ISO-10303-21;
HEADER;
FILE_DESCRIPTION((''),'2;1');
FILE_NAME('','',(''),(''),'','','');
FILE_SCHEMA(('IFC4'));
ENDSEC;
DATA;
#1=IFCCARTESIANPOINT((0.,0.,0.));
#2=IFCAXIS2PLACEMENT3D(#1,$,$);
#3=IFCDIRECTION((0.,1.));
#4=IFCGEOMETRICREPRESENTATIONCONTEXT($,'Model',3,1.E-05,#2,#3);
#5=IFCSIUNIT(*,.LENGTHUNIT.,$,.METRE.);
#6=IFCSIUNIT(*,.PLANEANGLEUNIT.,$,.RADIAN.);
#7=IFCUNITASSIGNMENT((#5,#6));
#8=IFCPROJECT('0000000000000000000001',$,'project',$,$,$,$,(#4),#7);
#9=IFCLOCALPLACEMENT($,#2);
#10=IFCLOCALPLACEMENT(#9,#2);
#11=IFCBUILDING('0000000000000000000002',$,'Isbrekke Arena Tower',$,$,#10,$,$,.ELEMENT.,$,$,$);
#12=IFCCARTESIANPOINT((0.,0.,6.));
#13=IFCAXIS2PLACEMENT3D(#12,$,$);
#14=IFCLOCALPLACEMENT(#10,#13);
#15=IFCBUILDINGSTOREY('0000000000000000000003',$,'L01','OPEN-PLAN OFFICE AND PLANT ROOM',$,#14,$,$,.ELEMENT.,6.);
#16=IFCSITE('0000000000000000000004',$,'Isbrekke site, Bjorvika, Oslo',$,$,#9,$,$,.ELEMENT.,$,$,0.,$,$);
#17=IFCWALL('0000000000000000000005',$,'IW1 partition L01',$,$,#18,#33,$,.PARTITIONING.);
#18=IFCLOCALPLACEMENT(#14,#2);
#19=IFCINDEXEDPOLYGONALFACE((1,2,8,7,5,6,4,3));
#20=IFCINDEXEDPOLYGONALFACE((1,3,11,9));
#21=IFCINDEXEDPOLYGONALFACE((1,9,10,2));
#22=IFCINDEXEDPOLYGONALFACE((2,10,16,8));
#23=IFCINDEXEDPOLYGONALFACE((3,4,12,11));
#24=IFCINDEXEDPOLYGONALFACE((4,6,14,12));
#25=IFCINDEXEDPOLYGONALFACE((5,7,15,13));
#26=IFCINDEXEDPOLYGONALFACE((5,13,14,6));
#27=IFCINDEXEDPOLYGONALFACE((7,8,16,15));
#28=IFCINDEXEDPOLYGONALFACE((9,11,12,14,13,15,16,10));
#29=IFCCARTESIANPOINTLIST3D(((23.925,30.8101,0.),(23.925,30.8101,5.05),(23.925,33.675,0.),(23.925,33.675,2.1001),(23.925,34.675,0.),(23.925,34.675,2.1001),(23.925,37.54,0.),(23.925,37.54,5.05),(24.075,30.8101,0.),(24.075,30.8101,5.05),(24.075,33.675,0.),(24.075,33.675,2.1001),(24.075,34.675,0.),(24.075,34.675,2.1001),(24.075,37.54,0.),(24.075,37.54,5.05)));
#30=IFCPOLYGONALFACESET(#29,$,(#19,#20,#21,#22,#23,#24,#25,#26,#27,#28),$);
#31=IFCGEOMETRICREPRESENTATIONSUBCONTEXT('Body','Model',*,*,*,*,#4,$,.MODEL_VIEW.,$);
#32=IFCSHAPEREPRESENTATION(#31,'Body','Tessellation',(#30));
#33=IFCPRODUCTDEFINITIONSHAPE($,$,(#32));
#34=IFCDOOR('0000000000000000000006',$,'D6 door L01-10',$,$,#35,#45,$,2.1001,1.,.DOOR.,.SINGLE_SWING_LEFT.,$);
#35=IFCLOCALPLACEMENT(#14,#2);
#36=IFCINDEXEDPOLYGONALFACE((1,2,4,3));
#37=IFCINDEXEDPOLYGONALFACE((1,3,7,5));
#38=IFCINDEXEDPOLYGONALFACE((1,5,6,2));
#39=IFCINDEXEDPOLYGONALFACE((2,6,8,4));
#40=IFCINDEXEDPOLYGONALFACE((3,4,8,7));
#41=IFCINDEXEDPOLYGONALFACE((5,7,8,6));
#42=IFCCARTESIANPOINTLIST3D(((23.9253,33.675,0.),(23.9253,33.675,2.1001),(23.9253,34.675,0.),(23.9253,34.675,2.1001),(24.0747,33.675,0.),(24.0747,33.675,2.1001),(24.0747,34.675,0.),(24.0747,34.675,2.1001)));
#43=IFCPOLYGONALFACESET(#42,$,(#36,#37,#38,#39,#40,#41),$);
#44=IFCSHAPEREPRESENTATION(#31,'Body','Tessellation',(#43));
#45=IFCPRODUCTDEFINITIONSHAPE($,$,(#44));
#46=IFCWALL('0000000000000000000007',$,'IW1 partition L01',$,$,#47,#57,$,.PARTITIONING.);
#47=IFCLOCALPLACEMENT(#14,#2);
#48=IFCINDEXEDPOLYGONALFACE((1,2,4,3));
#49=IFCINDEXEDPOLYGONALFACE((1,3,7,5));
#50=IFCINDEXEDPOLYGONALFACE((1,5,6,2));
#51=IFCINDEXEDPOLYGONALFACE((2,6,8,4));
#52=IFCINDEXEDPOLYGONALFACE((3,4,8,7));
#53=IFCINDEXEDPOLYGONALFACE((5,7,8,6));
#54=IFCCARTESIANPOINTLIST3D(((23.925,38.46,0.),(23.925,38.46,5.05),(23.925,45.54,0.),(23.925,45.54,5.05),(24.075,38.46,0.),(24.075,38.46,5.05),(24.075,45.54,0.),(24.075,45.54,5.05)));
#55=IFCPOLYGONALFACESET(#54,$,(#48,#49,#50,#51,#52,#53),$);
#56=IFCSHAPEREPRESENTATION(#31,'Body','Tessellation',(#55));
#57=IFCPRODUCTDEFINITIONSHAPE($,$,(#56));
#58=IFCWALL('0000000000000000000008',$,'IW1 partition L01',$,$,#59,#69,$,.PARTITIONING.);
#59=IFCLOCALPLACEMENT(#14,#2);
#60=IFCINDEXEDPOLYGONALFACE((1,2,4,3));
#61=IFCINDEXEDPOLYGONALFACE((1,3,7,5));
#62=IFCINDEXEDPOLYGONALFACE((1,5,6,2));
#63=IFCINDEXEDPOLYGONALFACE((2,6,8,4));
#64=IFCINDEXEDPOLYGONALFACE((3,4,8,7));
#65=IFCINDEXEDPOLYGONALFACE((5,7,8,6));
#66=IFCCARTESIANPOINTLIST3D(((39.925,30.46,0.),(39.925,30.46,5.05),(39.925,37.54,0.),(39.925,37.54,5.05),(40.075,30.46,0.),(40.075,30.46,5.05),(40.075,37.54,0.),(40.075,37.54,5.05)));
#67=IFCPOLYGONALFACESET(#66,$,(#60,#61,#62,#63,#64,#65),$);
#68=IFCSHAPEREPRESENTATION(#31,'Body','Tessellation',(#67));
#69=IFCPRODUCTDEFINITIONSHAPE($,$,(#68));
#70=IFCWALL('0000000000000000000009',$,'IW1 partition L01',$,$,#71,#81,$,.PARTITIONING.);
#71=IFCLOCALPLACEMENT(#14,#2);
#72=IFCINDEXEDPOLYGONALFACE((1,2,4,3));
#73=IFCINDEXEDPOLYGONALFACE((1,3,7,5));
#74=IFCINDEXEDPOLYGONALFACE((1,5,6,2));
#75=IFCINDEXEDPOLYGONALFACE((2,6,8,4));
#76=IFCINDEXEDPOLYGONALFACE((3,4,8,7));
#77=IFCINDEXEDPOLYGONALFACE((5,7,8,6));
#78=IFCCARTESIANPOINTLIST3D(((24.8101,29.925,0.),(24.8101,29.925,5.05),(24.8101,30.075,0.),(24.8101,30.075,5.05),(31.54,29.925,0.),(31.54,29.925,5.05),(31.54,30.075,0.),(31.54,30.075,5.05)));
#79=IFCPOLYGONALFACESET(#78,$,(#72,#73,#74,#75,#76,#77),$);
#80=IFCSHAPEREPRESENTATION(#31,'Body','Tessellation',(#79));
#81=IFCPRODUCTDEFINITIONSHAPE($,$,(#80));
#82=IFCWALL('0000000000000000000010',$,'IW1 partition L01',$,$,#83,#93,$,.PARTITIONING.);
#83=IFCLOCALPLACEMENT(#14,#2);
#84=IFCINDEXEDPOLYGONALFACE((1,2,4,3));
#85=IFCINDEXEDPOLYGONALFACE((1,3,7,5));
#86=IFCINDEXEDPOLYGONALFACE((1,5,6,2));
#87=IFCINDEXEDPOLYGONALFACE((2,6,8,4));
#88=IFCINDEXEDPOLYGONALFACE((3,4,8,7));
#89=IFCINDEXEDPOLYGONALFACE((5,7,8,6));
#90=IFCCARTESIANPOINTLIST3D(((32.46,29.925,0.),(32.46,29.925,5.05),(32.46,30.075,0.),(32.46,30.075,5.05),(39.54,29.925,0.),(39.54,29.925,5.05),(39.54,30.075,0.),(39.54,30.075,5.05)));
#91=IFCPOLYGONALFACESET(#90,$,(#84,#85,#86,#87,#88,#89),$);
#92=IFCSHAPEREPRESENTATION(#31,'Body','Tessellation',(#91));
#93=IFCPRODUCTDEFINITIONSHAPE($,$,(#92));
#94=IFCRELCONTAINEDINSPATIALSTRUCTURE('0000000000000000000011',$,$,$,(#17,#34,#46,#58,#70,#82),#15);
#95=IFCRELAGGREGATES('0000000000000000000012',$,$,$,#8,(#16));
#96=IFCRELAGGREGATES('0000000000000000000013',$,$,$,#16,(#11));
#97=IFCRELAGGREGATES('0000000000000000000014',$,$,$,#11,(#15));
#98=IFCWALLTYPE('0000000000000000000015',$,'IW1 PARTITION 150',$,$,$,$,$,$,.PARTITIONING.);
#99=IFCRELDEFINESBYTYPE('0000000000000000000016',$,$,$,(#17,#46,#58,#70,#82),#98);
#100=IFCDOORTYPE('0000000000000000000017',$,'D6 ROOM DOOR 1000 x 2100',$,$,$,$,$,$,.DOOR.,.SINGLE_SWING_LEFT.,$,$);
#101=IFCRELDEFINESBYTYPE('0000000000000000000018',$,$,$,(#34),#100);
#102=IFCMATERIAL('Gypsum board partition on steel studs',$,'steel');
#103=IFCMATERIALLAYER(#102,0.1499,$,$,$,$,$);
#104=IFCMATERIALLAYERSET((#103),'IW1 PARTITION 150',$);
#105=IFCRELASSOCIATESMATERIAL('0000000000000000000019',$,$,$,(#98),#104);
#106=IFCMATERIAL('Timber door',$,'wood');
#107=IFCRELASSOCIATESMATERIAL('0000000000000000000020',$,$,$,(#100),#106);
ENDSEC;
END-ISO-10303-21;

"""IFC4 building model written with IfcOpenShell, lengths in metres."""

from ifc_helpers import new_model, si_unit, direction, frame, frame_2d, origin, place, context, subcontext, project, spatial, rectangle, extrude, material, layer, layer_set, type_object, element, fill, save


model = new_model("IFC4")

# Units and contexts
model_context = context("Model", 3, precision=1e-05, world=origin(), true_north=direction((0.0, 1.0)))
body_context = subcontext(model_context, "Body", "Model", "MODEL_VIEW")
ifc_project = project(units=[si_unit("LENGTHUNIT", "METRE"), si_unit("PLANEANGLEUNIT", "RADIAN")], contexts=[model_context])

# Site, building, storey
site_placement = place(None, origin())
site = spatial("IfcSite", under=ifc_project, at=site_placement, Name="Isbrekke site, Bjorvika, Oslo", CompositionType="ELEMENT", RefElevation=0.0)
building_placement = place(site_placement, origin())
building = spatial("IfcBuilding", under=site, at=building_placement, Name="Isbrekke Arena Tower", CompositionType="ELEMENT")
storey_placement = place(building_placement, frame((0.0, 0.0, 6.0)))
storey = spatial("IfcBuildingStorey", under=building, at=storey_placement, Name="L01", Description="OPEN-PLAN OFFICE AND PLANT ROOM", CompositionType="ELEMENT", Elevation=6.0)

# Wall, opening, door
ifc_material_1 = material(Name="Gypsum board partition on steel studs", Category="steel")
ifc_layer = layer(ifc_material_1, 0.1499)
ifc_layer_set = layer_set([ifc_layer], Name="IW1 PARTITION 150")
wall_type = type_object("IfcWallType", Name="IW1 PARTITION 150", PredefinedType="PARTITIONING", material=ifc_layer_set)
wall_1_placement = place(storey_placement, frame((24.0, 30.8101, 0.0), z_axis=(0.0, 0.0, 1.0), x_axis=(0.0, 1.0, 0.0)))
wall_1 = element("IfcWall", 1, at=wall_1_placement, inside=storey, type_object=wall_type, Name="IW1 partition L01", PredefinedType="PARTITIONING", context=body_context, shape_type="SweptSolid", body=[
    extrude(rectangle(XDim=6.73, YDim=0.1499, at=frame_2d((3.365, 0.0))), origin(), (0.0, 0.0, 1.0), 5.05),
])
opening_placement = place(wall_1_placement, frame((2.865, 0.0, 0.0)))
opening = element("IfcOpeningElement", 2, at=opening_placement, cuts=wall_1, PredefinedType="OPENING", context=body_context, shape_type="SweptSolid", body=[
    extrude(rectangle(XDim=1.0, YDim=2.1001, at=frame_2d((0.5, 1.05))), frame((0.0, 0.0898, 0.0), z_axis=(0.0, -1.0, 0.0), x_axis=(1.0, 0.0, 0.0)), (0.0, 0.0, 1.0), 0.1797),
])
ifc_material_2 = material(Name="Timber door", Category="wood")
door_type = type_object("IfcDoorType", Name="D6 ROOM DOOR 1000 x 2100", OperationType="SINGLE_SWING_LEFT", PredefinedType="DOOR", material=ifc_material_2)
door_placement = place(opening_placement, origin())
door = element("IfcDoor", 3, at=door_placement, inside=storey, type_object=door_type, Name="D6 door L01-10", OperationType="SINGLE_SWING_LEFT", OverallHeight=2.1001, OverallWidth=1.0, PredefinedType="DOOR", context=body_context, shape_type="SweptSolid", body=[
    extrude(rectangle(XDim=1.0, YDim=2.1001, at=frame_2d((0.5, 1.05))), frame((0.0, 0.0747, 0.0), z_axis=(0.0, -1.0, 0.0), x_axis=(1.0, 0.0, 0.0)), (0.0, 0.0, 1.0), 0.1494),
])
fill(opening, door)

# Walls
for number, where, z_axis, x_axis, name in (
    (4, (24.0, 38.46, 0.0), (0.0, 0.0, 1.0), (0.0, 1.0, 0.0), "IW1 partition L01"),
    (5, (40.0, 30.46, 0.0), (0.0, 0.0, 1.0), (0.0, 1.0, 0.0), "IW1 partition L01"),
):
    element("IfcWall", number, at=place(storey_placement, frame(where, z_axis=z_axis, x_axis=x_axis)), inside=storey, type_object=wall_type, Name=name, PredefinedType="PARTITIONING", context=body_context, shape_type="SweptSolid", body=[
        extrude(rectangle(XDim=7.0801, YDim=0.1499, at=frame_2d((3.54, 0.0))), origin(), (0.0, 0.0, 1.0), 5.05),
    ])
wall_2_placement = place(storey_placement, frame((24.8101, 30.0, 0.0), z_axis=(0.0, 0.0, 1.0), x_axis=(1.0, 0.0, 0.0)))
element("IfcWall", 6, at=wall_2_placement, inside=storey, type_object=wall_type, Name="IW1 partition L01", PredefinedType="PARTITIONING", context=body_context, shape_type="SweptSolid", body=[
    extrude(rectangle(XDim=6.73, YDim=0.1499, at=frame_2d((3.365, 0.0))), origin(), (0.0, 0.0, 1.0), 5.05),
])
wall_3_placement = place(storey_placement, frame((32.46, 30.0, 0.0), z_axis=(0.0, 0.0, 1.0), x_axis=(1.0, 0.0, 0.0)))
element("IfcWall", 7, at=wall_3_placement, inside=storey, type_object=wall_type, Name="IW1 partition L01", PredefinedType="PARTITIONING", context=body_context, shape_type="SweptSolid", body=[
    extrude(rectangle(XDim=7.0801, YDim=0.1499, at=frame_2d((3.54, 0.0))), origin(), (0.0, 0.0, 1.0), 5.05),
])

save(model, "model.ifc")
